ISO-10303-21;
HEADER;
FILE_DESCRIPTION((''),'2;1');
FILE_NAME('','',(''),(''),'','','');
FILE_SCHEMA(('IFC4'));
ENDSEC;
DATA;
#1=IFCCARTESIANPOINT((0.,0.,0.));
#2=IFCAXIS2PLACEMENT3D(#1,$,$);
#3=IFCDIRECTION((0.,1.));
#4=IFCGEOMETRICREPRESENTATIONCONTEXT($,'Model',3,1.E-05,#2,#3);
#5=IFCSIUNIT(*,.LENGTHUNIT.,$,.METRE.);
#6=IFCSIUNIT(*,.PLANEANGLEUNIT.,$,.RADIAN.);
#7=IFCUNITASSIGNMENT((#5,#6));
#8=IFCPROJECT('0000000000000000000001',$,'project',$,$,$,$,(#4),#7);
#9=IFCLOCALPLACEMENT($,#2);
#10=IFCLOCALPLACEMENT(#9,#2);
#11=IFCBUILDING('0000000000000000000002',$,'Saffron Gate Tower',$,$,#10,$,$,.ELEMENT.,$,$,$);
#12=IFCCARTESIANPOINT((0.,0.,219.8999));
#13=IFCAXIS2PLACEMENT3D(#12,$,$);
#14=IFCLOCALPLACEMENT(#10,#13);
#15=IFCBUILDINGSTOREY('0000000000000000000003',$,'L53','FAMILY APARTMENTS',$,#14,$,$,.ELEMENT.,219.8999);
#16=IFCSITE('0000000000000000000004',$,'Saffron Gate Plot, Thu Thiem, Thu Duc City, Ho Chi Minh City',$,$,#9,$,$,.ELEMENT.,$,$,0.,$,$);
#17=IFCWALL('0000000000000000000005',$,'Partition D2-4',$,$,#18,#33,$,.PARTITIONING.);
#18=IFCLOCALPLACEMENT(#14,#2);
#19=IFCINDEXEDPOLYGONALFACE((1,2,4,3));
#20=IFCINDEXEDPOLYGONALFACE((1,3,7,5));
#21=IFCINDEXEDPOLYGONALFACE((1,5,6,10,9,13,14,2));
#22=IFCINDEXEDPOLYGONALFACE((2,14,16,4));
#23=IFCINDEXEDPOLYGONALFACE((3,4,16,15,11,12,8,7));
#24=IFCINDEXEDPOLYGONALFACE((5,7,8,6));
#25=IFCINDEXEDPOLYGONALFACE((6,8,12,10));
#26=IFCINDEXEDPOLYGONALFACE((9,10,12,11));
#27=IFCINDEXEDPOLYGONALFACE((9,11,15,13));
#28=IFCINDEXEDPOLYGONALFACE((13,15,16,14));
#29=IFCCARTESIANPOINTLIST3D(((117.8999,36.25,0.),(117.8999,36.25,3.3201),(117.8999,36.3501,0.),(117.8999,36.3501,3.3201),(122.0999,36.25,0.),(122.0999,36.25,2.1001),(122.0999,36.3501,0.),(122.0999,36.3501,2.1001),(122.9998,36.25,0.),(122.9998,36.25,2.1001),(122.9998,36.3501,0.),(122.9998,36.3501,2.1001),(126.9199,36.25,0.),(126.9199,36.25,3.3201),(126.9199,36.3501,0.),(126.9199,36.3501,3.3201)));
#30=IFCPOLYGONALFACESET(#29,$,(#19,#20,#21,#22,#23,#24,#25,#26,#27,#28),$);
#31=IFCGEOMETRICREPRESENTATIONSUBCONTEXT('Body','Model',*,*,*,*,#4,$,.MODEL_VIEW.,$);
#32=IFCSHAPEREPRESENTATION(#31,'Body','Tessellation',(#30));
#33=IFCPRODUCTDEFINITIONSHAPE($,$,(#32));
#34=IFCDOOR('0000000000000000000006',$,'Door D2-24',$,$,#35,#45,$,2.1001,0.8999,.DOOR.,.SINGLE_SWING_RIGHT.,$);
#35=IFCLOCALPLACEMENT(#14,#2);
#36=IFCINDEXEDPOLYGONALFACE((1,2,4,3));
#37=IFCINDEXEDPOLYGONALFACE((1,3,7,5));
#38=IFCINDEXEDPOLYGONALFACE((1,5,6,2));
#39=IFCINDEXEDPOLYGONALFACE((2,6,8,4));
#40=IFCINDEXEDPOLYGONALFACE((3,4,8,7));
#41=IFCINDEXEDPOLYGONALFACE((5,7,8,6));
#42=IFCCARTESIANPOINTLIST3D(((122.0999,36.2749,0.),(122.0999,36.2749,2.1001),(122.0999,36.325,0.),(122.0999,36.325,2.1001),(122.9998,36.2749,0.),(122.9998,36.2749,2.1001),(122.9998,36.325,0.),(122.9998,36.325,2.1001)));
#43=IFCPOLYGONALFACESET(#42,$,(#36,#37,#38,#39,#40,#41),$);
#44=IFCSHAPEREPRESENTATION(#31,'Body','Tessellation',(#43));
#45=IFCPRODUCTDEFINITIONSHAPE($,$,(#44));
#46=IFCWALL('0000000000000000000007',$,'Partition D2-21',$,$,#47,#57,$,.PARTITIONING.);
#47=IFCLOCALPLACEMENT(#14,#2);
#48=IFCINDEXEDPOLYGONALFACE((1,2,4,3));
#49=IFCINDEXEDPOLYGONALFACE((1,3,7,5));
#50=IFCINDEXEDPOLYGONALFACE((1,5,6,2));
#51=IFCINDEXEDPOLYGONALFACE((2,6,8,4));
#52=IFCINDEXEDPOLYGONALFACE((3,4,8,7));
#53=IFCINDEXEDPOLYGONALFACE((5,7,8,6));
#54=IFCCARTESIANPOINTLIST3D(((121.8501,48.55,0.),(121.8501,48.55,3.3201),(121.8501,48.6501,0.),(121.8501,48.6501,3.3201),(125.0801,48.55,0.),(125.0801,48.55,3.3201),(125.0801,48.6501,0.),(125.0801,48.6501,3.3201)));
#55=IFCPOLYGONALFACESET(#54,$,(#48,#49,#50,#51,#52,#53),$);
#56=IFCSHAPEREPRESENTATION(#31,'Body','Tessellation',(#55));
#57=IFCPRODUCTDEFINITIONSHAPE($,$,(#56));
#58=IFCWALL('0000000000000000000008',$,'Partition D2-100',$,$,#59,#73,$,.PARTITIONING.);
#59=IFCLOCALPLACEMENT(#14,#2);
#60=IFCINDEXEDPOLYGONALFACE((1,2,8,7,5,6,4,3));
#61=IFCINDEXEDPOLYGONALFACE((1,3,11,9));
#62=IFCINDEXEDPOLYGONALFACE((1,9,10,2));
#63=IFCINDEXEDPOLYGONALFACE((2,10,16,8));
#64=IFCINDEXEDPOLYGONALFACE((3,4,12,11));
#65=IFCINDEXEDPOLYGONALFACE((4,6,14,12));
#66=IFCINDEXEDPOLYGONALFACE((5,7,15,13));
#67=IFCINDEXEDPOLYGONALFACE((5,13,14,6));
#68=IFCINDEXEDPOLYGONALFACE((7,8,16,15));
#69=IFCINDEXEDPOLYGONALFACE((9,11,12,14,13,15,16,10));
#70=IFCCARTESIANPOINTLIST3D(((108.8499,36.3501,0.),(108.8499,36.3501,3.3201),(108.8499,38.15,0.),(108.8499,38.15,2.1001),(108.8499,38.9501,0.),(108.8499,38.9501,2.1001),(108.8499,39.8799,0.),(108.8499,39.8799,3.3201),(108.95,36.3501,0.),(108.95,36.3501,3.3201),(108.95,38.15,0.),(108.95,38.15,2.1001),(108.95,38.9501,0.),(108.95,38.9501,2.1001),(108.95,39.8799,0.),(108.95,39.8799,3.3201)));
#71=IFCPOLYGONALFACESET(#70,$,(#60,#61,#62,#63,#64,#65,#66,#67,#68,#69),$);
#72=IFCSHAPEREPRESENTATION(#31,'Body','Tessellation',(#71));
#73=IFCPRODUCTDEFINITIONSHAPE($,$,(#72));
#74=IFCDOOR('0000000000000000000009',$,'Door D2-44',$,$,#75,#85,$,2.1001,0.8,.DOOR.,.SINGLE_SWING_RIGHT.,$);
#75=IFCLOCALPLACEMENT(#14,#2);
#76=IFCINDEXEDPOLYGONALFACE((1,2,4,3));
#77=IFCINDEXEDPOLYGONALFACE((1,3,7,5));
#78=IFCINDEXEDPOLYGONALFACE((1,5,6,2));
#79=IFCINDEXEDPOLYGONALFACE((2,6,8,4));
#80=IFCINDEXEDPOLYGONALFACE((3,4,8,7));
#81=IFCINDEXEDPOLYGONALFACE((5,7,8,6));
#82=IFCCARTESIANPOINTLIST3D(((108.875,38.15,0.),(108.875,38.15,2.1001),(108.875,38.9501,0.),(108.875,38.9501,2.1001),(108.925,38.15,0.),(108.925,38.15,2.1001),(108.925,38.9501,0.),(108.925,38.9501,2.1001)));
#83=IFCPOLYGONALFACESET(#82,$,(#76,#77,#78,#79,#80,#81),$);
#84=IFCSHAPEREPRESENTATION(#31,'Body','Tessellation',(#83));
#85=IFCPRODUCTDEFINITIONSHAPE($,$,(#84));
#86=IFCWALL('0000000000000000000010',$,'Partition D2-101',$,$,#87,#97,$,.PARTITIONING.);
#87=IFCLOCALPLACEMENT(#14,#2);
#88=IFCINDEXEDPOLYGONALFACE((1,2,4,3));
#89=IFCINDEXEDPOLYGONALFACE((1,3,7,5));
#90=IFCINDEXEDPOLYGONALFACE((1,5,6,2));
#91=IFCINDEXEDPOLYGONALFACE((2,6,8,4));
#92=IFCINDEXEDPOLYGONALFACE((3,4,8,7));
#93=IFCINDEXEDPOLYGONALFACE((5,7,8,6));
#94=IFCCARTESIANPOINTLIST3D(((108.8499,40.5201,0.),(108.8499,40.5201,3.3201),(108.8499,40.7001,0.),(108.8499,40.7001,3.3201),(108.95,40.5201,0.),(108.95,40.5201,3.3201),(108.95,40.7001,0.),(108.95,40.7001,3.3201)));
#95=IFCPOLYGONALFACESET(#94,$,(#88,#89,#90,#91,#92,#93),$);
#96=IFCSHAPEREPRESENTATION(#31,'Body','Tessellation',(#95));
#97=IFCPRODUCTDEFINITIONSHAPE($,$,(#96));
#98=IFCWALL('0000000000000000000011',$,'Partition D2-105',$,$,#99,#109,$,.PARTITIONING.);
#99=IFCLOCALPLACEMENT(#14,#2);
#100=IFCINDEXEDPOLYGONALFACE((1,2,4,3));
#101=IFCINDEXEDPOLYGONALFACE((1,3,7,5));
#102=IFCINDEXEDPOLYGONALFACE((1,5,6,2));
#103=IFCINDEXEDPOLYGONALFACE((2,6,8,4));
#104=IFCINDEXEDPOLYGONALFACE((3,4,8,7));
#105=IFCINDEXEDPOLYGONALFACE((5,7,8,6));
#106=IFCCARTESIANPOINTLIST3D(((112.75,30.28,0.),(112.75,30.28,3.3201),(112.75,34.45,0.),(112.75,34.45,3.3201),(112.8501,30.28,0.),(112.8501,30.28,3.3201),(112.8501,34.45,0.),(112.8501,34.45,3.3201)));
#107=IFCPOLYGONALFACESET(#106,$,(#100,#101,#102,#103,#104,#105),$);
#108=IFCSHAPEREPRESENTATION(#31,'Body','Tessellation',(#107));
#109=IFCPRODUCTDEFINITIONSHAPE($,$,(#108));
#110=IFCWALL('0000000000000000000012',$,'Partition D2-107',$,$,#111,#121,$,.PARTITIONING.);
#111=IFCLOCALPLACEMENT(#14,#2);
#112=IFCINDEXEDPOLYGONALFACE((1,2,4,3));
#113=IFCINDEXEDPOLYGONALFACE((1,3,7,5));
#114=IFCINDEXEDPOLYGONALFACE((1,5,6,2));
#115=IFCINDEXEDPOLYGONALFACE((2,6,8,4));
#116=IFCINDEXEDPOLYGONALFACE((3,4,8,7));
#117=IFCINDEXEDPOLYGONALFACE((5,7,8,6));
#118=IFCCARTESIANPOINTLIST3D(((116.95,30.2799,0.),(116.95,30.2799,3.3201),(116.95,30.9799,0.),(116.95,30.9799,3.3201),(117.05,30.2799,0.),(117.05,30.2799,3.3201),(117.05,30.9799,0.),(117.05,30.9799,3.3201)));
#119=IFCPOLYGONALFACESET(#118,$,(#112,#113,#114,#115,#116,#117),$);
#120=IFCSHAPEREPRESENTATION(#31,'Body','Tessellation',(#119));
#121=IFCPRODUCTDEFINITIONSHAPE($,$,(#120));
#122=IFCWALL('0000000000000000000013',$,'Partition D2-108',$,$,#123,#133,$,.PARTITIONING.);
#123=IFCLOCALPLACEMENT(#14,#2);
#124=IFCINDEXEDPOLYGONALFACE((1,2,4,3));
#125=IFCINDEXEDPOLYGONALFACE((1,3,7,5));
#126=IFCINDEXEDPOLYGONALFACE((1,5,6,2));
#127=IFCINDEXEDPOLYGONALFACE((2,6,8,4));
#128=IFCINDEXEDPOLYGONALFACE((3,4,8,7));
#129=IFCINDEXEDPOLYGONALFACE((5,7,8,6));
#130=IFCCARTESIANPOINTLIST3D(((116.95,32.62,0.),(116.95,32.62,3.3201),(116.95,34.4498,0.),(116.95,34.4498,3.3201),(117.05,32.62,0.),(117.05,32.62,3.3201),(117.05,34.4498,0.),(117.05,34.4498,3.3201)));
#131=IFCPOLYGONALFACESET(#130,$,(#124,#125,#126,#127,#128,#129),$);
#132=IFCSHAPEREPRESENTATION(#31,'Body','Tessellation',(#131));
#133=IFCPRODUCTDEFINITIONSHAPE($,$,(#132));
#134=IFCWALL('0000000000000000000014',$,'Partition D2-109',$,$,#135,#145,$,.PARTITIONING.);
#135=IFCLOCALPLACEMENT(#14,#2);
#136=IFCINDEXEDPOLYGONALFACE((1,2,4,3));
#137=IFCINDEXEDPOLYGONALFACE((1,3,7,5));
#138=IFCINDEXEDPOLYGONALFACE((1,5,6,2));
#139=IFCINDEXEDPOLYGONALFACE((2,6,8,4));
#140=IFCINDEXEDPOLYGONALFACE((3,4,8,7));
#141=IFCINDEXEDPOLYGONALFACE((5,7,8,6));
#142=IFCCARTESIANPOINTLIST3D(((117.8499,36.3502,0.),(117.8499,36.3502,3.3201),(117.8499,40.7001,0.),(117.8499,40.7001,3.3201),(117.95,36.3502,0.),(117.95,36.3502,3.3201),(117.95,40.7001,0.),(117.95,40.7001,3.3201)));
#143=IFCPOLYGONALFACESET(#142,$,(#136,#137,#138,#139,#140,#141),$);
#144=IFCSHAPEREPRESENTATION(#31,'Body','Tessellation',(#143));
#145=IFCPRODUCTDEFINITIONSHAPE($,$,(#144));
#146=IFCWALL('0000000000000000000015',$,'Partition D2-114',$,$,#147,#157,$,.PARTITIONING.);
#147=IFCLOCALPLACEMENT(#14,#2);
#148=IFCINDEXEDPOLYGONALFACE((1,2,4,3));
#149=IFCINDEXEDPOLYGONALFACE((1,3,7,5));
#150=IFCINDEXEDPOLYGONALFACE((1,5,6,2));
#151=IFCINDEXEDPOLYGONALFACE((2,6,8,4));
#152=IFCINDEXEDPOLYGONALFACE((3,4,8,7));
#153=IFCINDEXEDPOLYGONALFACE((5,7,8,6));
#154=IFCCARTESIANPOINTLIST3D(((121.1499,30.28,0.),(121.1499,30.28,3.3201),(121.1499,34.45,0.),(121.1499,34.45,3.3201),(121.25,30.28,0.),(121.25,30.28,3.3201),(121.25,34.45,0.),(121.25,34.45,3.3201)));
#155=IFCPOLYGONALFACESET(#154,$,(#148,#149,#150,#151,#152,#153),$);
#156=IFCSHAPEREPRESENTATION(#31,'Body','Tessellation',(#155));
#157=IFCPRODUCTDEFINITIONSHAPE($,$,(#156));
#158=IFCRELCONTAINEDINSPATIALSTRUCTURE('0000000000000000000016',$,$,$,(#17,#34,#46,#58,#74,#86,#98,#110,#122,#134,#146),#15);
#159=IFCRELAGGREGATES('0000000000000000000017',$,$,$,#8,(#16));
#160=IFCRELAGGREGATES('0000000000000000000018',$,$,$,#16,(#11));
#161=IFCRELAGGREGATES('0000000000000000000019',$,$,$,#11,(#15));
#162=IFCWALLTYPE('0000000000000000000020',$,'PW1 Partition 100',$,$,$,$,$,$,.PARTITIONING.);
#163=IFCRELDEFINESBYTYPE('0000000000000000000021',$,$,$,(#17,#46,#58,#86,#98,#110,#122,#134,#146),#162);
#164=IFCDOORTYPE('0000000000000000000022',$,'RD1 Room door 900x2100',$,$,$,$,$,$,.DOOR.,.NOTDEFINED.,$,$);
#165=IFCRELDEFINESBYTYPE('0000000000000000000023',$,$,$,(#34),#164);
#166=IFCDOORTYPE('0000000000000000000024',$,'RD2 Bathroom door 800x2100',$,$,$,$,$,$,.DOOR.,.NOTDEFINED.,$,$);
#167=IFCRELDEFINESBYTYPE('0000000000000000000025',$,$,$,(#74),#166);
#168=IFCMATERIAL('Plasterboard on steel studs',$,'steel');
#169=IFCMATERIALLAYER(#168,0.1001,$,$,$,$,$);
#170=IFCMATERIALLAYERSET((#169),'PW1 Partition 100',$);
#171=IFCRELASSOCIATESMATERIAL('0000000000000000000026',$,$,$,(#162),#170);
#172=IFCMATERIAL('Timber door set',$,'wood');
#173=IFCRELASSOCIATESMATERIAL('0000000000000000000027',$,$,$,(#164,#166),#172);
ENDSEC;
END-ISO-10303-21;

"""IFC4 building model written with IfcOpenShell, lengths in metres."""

from ifc_helpers import new_model, si_unit, direction, frame, frame_2d, origin, place, context, subcontext, project, spatial, rectangle, extrude, material, layer, layer_set, type_object, element, fill, save


model = new_model("IFC4")

# Units and contexts
model_context = context("Model", 3, precision=1e-05, world=origin(), true_north=direction((0.0, 1.0)))
body_context = subcontext(model_context, "Body", "Model", "MODEL_VIEW")
ifc_project = project(units=[si_unit("LENGTHUNIT", "METRE"), si_unit("PLANEANGLEUNIT", "RADIAN")], contexts=[model_context])

# Site, building, storey
site_placement = place(None, origin())
site = spatial("IfcSite", under=ifc_project, at=site_placement, Name="Saffron Gate Plot, Thu Thiem, Thu Duc City, Ho Chi Minh City", CompositionType="ELEMENT", RefElevation=0.0)
building_placement = place(site_placement, origin())
building = spatial("IfcBuilding", under=site, at=building_placement, Name="Saffron Gate Tower", CompositionType="ELEMENT")
storey_placement = place(building_placement, frame((0.0, 0.0, 219.8999)))
storey = spatial("IfcBuildingStorey", under=building, at=storey_placement, Name="L53", Description="FAMILY APARTMENTS", CompositionType="ELEMENT", Elevation=219.8999)

# Wall, opening, door
ifc_material_1 = material(Name="Plasterboard on steel studs", Category="steel")
ifc_layer_1 = layer(ifc_material_1, 0.1001)
ifc_layer_set_1 = layer_set([ifc_layer_1], Name="PW1 Partition 100")
wall_type_1 = type_object("IfcWallType", Name="PW1 Partition 100", PredefinedType="PARTITIONING", material=ifc_layer_set_1)
wall_1_placement = place(storey_placement, frame((117.8999, 36.3, 0.0), z_axis=(0.0, 0.0, 1.0), x_axis=(1.0, 0.0, 0.0)))
wall_1 = element("IfcWall", 1, at=wall_1_placement, inside=storey, type_object=wall_type_1, Name="Partition D2-4", PredefinedType="PARTITIONING", context=body_context, shape_type="SweptSolid", body=[
    extrude(rectangle(XDim=9.02, YDim=0.1001, at=frame_2d((4.51, 0.0))), origin(), (0.0, 0.0, 1.0), 3.3201),
])
opening_1_placement = place(wall_1_placement, frame((4.2, 0.0, 0.0)))
opening_1 = element("IfcOpeningElement", 2, at=opening_1_placement, cuts=wall_1, PredefinedType="OPENING", context=body_context, shape_type="SweptSolid", body=[
    extrude(rectangle(XDim=0.8999, YDim=2.1001, at=frame_2d((0.45, 1.05))), frame((0.0, 0.0601, 0.0), z_axis=(0.0, -1.0, 0.0), x_axis=(1.0, 0.0, 0.0)), (0.0, 0.0, 1.0), 0.1201),
])
ifc_material_2 = material(Name="Timber door set", Category="wood")
door_type_1 = type_object("IfcDoorType", Name="RD1 Room door 900x2100", OperationType="NOTDEFINED", PredefinedType="DOOR", material=ifc_material_2)
door_1_placement = place(opening_1_placement, origin())
door_1 = element("IfcDoor", 3, at=door_1_placement, inside=storey, type_object=door_type_1, Name="Door D2-24", OperationType="SINGLE_SWING_RIGHT", OverallHeight=2.1001, OverallWidth=0.8999, PredefinedType="DOOR", context=body_context, shape_type="SweptSolid", body=[
    extrude(rectangle(XDim=0.8999, YDim=2.1001, at=frame_2d((0.45, 1.05))), frame((0.0, 0.0249, 0.0), z_axis=(0.0, -1.0, 0.0), x_axis=(1.0, 0.0, 0.0)), (0.0, 0.0, 1.0), 0.05),
])
fill(opening_1, door_1)

# Wall
wall_2_placement = place(storey_placement, frame((121.8501, 48.6001, 0.0), z_axis=(0.0, 0.0, 1.0), x_axis=(1.0, 0.0, 0.0)))
element("IfcWall", 4, at=wall_2_placement, inside=storey, type_object=wall_type_1, Name="Partition D2-21", PredefinedType="PARTITIONING", context=body_context, shape_type="SweptSolid", body=[
    extrude(rectangle(XDim=3.23, YDim=0.1001, at=frame_2d((1.615, 0.0))), origin(), (0.0, 0.0, 1.0), 3.3201),
])

# Wall, opening, door
wall_3_placement = place(storey_placement, frame((108.8999, 36.3501, 0.0), z_axis=(0.0, 0.0, 1.0), x_axis=(0.0, 1.0, 0.0)))
wall_3 = element("IfcWall", 5, at=wall_3_placement, inside=storey, type_object=wall_type_1, Name="Partition D2-100", PredefinedType="PARTITIONING", context=body_context, shape_type="SweptSolid", body=[
    extrude(rectangle(XDim=3.5298, YDim=0.1001, at=frame_2d((1.7649, 0.0))), origin(), (0.0, 0.0, 1.0), 3.3201),
])
opening_2_placement = place(wall_3_placement, frame((1.8, 0.0, 0.0)))
opening_2 = element("IfcOpeningElement", 6, at=opening_2_placement, cuts=wall_3, PredefinedType="OPENING", context=body_context, shape_type="SweptSolid", body=[
    extrude(rectangle(XDim=0.8, YDim=2.1001, at=frame_2d((0.3999, 1.05))), frame((0.0, 0.0601, 0.0), z_axis=(0.0, -1.0, 0.0), x_axis=(1.0, 0.0, 0.0)), (0.0, 0.0, 1.0), 0.1201),
])
door_type_2 = type_object("IfcDoorType", Name="RD2 Bathroom door 800x2100", OperationType="NOTDEFINED", PredefinedType="DOOR", material=ifc_material_2)
door_2_placement = place(opening_2_placement, origin())
door_2 = element("IfcDoor", 7, at=door_2_placement, inside=storey, type_object=door_type_2, Name="Door D2-44", OperationType="SINGLE_SWING_RIGHT", OverallHeight=2.1001, OverallWidth=0.8, PredefinedType="DOOR", context=body_context, shape_type="SweptSolid", body=[
    extrude(rectangle(XDim=0.8, YDim=2.1001, at=frame_2d((0.3999, 1.05))), frame((0.0, 0.0249, 0.0), z_axis=(0.0, -1.0, 0.0), x_axis=(1.0, 0.0, 0.0)), (0.0, 0.0, 1.0), 0.05),
])
fill(opening_2, door_2)

# Walls
wall_4_placement = place(storey_placement, frame((108.8999, 40.7, 0.0), z_axis=(0.0, 0.0, 1.0), x_axis=(0.0, -1.0, 0.0)))
element("IfcWall", 8, at=wall_4_placement, inside=storey, type_object=wall_type_1, Name="Partition D2-101", PredefinedType="PARTITIONING", context=body_context, shape_type="SweptSolid", body=[
    extrude(rectangle(XDim=0.1799, YDim=0.1001, at=frame_2d((0.0898, 0.0))), origin(), (0.0, 0.0, 1.0), 3.3201),
])
wall_5_placement = place(storey_placement, frame((112.8, 34.45, 0.0), z_axis=(0.0, 0.0, 1.0), x_axis=(0.0, -1.0, 0.0)))
element("IfcWall", 9, at=wall_5_placement, inside=storey, type_object=wall_type_1, Name="Partition D2-105", PredefinedType="PARTITIONING", context=body_context, shape_type="SweptSolid", body=[
    extrude(rectangle(XDim=4.1699, YDim=0.1001, at=frame_2d((2.085, 0.0))), origin(), (0.0, 0.0, 1.0), 3.3201),
])
wall_6_placement = place(storey_placement, frame((117.0, 30.98, 0.0), z_axis=(0.0, 0.0, 1.0), x_axis=(0.0, -1.0, 0.0)))
element("IfcWall", 10, at=wall_6_placement, inside=storey, type_object=wall_type_1, Name="Partition D2-107", PredefinedType="PARTITIONING", context=body_context, shape_type="SweptSolid", body=[
    extrude(rectangle(XDim=0.7, YDim=0.1001, at=frame_2d((0.3501, 0.0))), origin(), (0.0, 0.0, 1.0), 3.3201),
])
wall_7_placement = place(storey_placement, frame((117.0, 34.45, 0.0), z_axis=(0.0, 0.0, 1.0), x_axis=(0.0, -1.0, 0.0)))
element("IfcWall", 11, at=wall_7_placement, inside=storey, type_object=wall_type_1, Name="Partition D2-108", PredefinedType="PARTITIONING", context=body_context, shape_type="SweptSolid", body=[
    extrude(rectangle(XDim=1.8298, YDim=0.1001, at=frame_2d((0.915, 0.0))), origin(), (0.0, 0.0, 1.0), 3.3201),
])
wall_8_placement = place(storey_placement, frame((117.8999, 40.7, 0.0), z_axis=(0.0, 0.0, 1.0), x_axis=(0.0, -1.0, 0.0)))
element("IfcWall", 12, at=wall_8_placement, inside=storey, type_object=wall_type_1, Name="Partition D2-109", PredefinedType="PARTITIONING", context=body_context, shape_type="SweptSolid", body=[
    extrude(rectangle(XDim=4.3499, YDim=0.1001, at=frame_2d((2.1748, 0.0))), origin(), (0.0, 0.0, 1.0), 3.3201),
])
wall_9_placement = place(storey_placement, frame((121.2, 34.45, 0.0), z_axis=(0.0, 0.0, 1.0), x_axis=(0.0, -1.0, 0.0)))
element("IfcWall", 13, at=wall_9_placement, inside=storey, type_object=wall_type_1, Name="Partition D2-114", PredefinedType="PARTITIONING", context=body_context, shape_type="SweptSolid", body=[
    extrude(rectangle(XDim=4.1699, YDim=0.1001, at=frame_2d((2.085, 0.0))), origin(), (0.0, 0.0, 1.0), 3.3201),
])

save(model, "model.ifc")
